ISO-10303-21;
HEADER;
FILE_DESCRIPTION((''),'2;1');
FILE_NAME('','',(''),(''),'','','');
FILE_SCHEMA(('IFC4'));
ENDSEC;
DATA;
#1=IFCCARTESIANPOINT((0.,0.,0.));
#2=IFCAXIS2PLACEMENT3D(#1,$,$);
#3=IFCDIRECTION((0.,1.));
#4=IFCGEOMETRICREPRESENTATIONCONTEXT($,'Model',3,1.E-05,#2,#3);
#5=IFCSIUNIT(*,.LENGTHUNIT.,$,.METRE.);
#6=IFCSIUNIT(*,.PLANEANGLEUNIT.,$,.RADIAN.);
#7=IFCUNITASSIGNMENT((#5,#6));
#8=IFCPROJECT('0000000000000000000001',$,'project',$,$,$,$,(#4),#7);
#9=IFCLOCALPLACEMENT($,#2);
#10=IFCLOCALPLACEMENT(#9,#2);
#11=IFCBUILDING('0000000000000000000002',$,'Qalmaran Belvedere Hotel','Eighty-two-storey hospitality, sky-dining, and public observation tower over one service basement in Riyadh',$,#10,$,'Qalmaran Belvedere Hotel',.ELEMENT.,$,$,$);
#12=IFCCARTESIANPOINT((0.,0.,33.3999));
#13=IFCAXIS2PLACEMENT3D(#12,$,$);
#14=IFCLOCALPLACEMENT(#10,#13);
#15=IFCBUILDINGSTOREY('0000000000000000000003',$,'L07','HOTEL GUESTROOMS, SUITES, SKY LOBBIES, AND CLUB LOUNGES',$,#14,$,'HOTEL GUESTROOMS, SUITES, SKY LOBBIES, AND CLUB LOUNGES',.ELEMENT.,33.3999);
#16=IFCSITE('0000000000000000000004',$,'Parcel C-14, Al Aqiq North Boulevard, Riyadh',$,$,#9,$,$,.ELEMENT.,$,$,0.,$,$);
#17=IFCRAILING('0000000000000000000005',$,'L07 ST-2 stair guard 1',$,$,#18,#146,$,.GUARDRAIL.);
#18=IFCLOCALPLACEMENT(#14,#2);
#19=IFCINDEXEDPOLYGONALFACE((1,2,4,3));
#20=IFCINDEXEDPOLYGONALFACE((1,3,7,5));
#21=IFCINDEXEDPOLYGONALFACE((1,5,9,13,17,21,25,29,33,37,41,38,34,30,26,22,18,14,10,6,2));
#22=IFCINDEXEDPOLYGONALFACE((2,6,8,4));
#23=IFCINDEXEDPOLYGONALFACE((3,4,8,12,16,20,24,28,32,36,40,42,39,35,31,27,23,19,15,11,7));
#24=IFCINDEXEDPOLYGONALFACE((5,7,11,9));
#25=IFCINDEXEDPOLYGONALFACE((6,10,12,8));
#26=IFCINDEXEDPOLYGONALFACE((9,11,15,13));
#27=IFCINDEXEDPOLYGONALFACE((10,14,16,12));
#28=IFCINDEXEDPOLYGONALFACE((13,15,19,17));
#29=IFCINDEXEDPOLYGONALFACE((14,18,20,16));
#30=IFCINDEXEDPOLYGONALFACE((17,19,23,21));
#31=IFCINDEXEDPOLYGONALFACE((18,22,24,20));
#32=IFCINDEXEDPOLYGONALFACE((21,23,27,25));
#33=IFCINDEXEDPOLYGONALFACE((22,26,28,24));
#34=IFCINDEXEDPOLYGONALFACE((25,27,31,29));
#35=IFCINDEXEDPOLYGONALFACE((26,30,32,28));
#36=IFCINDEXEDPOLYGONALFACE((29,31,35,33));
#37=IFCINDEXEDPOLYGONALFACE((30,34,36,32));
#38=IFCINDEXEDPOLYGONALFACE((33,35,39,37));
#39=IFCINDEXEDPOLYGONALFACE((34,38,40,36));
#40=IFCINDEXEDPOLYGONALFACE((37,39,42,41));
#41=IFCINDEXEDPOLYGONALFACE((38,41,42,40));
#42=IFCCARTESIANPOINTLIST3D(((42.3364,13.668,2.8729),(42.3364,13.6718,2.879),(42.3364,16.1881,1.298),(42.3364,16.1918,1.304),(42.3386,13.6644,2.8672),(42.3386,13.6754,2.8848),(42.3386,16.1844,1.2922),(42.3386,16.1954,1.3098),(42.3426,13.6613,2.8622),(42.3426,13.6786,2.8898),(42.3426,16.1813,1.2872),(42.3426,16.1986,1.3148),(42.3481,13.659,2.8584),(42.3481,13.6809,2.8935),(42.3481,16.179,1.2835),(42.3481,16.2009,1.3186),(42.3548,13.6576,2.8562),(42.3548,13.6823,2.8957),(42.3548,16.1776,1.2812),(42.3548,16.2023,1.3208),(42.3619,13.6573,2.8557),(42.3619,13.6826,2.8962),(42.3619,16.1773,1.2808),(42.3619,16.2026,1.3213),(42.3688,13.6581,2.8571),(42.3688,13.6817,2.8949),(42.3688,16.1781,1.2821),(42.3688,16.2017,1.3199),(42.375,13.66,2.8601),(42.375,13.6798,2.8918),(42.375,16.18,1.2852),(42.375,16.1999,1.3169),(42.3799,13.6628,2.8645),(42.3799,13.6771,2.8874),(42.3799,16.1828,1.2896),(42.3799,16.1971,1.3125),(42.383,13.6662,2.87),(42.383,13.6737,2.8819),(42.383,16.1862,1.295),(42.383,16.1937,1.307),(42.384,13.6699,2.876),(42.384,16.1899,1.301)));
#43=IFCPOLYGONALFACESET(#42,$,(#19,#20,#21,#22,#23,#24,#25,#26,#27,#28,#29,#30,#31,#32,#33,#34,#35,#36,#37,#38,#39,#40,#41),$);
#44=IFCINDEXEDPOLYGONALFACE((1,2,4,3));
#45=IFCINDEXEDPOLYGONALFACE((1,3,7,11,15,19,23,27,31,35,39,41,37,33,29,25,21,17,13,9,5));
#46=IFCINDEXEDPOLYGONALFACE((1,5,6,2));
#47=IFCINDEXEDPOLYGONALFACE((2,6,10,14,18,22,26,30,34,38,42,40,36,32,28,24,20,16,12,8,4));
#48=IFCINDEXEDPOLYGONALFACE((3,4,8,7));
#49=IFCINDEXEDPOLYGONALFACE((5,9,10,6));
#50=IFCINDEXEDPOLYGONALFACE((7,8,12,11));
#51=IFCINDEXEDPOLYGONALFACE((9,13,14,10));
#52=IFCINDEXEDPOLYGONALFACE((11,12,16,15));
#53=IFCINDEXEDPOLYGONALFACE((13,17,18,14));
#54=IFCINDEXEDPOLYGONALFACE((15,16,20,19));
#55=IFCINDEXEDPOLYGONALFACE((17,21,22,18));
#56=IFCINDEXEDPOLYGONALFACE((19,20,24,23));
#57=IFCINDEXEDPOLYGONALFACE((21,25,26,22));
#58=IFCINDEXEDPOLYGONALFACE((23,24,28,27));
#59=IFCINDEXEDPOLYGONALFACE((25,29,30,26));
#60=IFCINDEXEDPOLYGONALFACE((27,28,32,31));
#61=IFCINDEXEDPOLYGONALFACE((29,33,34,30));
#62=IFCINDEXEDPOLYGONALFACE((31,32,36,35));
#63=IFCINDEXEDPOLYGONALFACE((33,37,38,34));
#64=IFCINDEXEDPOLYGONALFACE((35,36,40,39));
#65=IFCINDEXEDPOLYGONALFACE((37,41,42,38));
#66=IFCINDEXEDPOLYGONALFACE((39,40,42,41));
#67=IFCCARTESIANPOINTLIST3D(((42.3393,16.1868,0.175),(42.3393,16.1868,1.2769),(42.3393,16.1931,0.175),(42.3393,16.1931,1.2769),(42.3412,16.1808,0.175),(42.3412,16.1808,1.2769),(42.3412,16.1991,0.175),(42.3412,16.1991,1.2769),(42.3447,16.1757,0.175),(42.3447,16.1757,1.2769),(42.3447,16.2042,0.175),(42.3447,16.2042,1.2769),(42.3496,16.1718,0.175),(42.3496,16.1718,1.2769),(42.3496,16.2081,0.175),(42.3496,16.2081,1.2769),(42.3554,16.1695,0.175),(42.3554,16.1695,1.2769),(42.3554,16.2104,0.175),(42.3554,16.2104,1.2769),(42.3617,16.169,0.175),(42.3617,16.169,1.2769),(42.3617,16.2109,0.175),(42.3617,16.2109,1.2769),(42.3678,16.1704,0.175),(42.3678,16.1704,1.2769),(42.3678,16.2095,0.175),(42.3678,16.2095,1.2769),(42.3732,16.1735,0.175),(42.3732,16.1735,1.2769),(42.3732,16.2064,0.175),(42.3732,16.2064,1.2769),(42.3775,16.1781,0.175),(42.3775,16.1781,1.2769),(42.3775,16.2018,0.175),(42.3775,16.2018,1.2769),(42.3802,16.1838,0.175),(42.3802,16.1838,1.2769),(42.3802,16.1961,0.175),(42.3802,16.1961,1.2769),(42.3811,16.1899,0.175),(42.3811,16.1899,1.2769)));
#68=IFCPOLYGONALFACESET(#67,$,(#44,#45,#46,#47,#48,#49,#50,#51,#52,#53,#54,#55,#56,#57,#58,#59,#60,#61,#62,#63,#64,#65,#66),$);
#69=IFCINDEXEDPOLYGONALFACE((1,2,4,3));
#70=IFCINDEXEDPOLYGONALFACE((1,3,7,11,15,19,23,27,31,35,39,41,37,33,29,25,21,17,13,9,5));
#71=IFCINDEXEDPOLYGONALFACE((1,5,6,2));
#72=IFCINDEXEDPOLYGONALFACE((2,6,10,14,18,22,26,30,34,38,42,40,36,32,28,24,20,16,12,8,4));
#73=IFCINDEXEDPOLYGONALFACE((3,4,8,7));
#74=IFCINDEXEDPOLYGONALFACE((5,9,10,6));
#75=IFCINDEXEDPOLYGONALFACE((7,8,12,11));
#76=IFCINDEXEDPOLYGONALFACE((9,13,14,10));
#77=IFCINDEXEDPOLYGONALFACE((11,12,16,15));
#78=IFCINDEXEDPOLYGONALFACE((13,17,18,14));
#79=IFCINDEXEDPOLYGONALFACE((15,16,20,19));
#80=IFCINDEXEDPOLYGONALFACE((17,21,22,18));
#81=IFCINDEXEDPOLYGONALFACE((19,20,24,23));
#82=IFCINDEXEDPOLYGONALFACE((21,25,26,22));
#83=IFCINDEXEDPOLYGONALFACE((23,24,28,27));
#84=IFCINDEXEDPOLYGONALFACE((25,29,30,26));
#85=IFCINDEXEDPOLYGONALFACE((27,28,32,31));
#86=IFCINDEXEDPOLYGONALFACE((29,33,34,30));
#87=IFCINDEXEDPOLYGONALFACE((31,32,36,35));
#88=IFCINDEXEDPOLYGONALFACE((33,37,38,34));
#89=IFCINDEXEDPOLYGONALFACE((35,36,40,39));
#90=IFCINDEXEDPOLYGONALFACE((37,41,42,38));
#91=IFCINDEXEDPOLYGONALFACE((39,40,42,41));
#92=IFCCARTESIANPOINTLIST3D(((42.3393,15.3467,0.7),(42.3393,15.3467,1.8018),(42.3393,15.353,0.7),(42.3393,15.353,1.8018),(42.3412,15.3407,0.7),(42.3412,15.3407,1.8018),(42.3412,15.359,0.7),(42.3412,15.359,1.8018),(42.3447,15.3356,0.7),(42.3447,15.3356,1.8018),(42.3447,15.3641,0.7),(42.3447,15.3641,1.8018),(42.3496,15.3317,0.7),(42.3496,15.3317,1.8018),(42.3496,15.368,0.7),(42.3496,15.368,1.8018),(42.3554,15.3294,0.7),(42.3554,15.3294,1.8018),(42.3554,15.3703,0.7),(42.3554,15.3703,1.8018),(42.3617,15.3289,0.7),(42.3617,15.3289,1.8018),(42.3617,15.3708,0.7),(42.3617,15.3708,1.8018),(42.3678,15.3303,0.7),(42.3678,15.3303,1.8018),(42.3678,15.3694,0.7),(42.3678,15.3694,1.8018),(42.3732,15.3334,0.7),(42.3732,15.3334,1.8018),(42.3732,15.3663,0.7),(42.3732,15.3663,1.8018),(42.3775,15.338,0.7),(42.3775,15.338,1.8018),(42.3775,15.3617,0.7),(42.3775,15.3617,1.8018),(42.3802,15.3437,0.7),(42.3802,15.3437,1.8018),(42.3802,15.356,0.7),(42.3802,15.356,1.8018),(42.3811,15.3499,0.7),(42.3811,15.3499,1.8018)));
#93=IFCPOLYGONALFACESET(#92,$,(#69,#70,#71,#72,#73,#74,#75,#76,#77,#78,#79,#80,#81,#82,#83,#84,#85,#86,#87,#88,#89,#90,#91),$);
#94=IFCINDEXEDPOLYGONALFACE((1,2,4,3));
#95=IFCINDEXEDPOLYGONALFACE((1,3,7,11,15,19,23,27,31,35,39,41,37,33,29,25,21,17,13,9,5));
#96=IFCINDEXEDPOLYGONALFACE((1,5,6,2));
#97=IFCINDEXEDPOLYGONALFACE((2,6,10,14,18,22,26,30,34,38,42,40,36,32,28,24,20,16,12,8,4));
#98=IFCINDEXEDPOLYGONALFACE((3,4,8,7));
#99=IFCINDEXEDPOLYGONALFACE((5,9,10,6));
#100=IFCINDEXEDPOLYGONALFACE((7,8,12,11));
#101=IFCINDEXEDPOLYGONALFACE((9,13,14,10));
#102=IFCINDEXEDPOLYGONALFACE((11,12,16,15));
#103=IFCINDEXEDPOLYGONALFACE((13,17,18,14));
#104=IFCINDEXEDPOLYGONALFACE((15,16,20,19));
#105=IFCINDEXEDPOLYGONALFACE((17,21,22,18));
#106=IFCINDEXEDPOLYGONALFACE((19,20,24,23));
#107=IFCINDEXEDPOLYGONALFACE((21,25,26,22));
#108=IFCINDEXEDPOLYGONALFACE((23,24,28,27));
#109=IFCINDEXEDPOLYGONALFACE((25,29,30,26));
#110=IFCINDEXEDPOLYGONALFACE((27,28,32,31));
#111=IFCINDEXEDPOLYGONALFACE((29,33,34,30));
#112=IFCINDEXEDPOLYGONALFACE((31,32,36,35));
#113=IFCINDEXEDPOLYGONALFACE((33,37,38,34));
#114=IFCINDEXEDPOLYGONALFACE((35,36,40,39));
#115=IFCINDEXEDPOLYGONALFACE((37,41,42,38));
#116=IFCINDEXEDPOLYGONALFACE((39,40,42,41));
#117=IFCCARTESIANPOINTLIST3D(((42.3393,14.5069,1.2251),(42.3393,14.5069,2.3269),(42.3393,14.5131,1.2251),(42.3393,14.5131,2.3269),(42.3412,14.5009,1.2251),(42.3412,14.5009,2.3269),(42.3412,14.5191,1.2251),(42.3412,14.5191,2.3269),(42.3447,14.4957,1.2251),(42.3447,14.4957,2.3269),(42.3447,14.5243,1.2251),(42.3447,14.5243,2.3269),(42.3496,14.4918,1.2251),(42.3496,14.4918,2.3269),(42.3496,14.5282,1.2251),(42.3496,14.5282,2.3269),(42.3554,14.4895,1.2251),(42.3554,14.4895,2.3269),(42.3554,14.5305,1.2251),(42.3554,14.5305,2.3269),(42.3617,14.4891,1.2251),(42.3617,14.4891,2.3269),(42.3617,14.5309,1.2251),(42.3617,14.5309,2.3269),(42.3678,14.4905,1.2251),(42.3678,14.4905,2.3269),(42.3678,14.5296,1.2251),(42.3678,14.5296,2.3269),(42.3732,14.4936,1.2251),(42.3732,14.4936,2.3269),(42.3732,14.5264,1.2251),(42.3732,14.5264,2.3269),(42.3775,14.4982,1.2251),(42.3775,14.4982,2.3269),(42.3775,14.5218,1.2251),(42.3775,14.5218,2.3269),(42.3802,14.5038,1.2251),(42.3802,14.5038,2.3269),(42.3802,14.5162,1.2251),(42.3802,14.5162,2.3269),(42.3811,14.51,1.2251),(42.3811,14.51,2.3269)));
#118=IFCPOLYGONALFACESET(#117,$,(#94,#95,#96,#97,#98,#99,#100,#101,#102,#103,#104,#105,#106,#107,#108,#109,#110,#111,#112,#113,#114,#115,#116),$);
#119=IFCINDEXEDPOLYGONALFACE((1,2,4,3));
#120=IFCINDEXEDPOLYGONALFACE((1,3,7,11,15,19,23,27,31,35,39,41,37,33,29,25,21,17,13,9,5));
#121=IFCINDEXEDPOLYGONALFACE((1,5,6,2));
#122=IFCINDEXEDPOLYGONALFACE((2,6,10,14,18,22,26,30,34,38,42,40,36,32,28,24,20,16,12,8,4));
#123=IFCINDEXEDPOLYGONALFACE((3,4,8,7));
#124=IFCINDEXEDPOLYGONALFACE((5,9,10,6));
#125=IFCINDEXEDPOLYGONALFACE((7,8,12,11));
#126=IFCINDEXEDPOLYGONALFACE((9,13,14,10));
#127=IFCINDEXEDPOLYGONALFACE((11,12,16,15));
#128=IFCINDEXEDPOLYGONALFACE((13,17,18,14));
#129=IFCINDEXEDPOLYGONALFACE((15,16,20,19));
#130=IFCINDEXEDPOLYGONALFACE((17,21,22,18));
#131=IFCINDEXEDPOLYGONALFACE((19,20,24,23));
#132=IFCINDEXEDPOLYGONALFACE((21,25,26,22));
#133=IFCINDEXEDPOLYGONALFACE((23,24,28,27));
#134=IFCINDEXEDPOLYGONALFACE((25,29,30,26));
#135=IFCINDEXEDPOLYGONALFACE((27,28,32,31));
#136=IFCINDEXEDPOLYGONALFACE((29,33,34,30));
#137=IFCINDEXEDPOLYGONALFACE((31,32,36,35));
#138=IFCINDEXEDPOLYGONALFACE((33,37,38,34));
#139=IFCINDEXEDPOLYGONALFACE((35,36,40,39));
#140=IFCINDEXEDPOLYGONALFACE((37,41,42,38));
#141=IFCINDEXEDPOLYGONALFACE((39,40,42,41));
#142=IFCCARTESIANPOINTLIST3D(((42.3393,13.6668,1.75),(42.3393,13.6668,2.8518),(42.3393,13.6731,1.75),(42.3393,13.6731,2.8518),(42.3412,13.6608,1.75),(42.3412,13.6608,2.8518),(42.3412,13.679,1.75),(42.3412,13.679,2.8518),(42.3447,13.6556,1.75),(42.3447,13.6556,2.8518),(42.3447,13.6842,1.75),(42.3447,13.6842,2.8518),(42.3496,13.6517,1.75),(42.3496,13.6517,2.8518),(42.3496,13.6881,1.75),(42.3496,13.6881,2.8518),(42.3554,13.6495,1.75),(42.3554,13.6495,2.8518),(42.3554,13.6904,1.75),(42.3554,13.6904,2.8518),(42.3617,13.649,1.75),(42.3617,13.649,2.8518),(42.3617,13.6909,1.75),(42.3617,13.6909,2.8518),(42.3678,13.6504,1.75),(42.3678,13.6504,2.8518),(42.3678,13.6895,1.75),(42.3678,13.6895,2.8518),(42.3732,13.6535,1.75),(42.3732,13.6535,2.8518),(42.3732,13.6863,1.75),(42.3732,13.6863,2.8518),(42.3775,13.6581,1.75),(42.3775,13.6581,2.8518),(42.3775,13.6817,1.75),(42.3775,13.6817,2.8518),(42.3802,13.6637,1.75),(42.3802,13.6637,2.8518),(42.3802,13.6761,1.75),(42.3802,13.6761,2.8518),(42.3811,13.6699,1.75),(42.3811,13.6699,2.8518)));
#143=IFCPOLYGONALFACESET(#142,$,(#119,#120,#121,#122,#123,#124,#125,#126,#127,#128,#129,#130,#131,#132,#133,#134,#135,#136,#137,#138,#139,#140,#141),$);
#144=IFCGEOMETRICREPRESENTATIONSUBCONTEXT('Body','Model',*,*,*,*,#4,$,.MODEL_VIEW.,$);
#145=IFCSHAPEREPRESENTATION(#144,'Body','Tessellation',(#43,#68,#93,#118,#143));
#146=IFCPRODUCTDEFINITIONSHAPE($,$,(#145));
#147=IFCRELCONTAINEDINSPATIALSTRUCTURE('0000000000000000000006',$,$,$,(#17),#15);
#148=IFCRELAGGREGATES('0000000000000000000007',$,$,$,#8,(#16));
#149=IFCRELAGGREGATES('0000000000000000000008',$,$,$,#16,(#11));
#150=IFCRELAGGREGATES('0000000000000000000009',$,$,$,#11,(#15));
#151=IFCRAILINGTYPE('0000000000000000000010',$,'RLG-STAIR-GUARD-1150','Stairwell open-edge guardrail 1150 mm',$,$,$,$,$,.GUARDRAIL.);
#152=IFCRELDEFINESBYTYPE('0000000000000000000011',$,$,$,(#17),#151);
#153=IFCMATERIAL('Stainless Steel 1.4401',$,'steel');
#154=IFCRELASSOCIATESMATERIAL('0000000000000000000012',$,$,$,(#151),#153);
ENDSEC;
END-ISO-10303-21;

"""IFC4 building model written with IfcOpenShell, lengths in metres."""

from ifc_helpers import new_model, si_unit, direction, frame, origin, origin_2d, place, context, subcontext, project, spatial, circle, extrude, material, type_object, element, save


model = new_model("IFC4")

# Units and contexts
model_context = context("Model", 3, precision=1e-05, world=origin(), true_north=direction((0.0, 1.0)))
body_context = subcontext(model_context, "Body", "Model", "MODEL_VIEW")
ifc_project = project(units=[si_unit("LENGTHUNIT", "METRE"), si_unit("PLANEANGLEUNIT", "RADIAN")], contexts=[model_context])

# Site, building, storey
site_placement = place(None, origin())
site = spatial("IfcSite", under=ifc_project, at=site_placement, Name="Parcel C-14, Al Aqiq North Boulevard, Riyadh", CompositionType="ELEMENT", RefElevation=0.0)
building_placement = place(site_placement, origin())
building = spatial("IfcBuilding", under=site, at=building_placement, Name="Qalmaran Belvedere Hotel", Description="Eighty-two-storey hospitality, sky-dining, and public observation tower over one service basement in Riyadh", LongName="Qalmaran Belvedere Hotel", CompositionType="ELEMENT")
storey_placement = place(building_placement, frame((0.0, 0.0, 33.3999)))
storey = spatial("IfcBuildingStorey", under=building, at=storey_placement, Name="L07", Description="HOTEL GUESTROOMS, SUITES, SKY LOBBIES, AND CLUB LOUNGES", LongName="HOTEL GUESTROOMS, SUITES, SKY LOBBIES, AND CLUB LOUNGES", CompositionType="ELEMENT", Elevation=33.3999)

# Shared definitions
ifc_material_1 = material(Name="Stainless Steel 1.4401", Category="steel")

# Railing
railing_type_1 = type_object("IfcRailingType", Name="RLG-STAIR-GUARD-1150", Description="Stairwell open-edge guardrail 1150 mm", PredefinedType="GUARDRAIL", material=ifc_material_1)
railing_1_placement = place(storey_placement, frame((42.3601, 16.1899, 0.175)))
element("IfcRailing", 1, at=railing_1_placement, inside=storey, type_object=railing_type_1, Name="L07 ST-2 stair guard 1", PredefinedType="GUARDRAIL", context=body_context, shape_type="SweptSolid", body=[
    extrude(circle(Radius=0.0239, at=origin_2d()), frame((0.0, 0.0, 1.126), z_axis=(0.0, -0.848008, 0.529984), x_axis=(1.0, 0.0, 0.0)), (0.0, 0.0, 1.0), 2.9717),
    extrude(circle(Radius=0.021, at=origin_2d()), origin(), (0.0, 0.0, 1.0), 1.1018),
    extrude(circle(Radius=0.021, at=origin_2d()), frame((0.0, -0.8401, 0.5249)), (0.0, 0.0, 1.0), 1.1018),
    extrude(circle(Radius=0.021, at=origin_2d()), frame((0.0, -1.6799, 1.05)), (0.0, 0.0, 1.0), 1.1018),
    extrude(circle(Radius=0.021, at=origin_2d()), frame((0.0, -2.52, 1.575)), (0.0, 0.0, 1.0), 1.1018),
])

save(model, "model.ifc")
